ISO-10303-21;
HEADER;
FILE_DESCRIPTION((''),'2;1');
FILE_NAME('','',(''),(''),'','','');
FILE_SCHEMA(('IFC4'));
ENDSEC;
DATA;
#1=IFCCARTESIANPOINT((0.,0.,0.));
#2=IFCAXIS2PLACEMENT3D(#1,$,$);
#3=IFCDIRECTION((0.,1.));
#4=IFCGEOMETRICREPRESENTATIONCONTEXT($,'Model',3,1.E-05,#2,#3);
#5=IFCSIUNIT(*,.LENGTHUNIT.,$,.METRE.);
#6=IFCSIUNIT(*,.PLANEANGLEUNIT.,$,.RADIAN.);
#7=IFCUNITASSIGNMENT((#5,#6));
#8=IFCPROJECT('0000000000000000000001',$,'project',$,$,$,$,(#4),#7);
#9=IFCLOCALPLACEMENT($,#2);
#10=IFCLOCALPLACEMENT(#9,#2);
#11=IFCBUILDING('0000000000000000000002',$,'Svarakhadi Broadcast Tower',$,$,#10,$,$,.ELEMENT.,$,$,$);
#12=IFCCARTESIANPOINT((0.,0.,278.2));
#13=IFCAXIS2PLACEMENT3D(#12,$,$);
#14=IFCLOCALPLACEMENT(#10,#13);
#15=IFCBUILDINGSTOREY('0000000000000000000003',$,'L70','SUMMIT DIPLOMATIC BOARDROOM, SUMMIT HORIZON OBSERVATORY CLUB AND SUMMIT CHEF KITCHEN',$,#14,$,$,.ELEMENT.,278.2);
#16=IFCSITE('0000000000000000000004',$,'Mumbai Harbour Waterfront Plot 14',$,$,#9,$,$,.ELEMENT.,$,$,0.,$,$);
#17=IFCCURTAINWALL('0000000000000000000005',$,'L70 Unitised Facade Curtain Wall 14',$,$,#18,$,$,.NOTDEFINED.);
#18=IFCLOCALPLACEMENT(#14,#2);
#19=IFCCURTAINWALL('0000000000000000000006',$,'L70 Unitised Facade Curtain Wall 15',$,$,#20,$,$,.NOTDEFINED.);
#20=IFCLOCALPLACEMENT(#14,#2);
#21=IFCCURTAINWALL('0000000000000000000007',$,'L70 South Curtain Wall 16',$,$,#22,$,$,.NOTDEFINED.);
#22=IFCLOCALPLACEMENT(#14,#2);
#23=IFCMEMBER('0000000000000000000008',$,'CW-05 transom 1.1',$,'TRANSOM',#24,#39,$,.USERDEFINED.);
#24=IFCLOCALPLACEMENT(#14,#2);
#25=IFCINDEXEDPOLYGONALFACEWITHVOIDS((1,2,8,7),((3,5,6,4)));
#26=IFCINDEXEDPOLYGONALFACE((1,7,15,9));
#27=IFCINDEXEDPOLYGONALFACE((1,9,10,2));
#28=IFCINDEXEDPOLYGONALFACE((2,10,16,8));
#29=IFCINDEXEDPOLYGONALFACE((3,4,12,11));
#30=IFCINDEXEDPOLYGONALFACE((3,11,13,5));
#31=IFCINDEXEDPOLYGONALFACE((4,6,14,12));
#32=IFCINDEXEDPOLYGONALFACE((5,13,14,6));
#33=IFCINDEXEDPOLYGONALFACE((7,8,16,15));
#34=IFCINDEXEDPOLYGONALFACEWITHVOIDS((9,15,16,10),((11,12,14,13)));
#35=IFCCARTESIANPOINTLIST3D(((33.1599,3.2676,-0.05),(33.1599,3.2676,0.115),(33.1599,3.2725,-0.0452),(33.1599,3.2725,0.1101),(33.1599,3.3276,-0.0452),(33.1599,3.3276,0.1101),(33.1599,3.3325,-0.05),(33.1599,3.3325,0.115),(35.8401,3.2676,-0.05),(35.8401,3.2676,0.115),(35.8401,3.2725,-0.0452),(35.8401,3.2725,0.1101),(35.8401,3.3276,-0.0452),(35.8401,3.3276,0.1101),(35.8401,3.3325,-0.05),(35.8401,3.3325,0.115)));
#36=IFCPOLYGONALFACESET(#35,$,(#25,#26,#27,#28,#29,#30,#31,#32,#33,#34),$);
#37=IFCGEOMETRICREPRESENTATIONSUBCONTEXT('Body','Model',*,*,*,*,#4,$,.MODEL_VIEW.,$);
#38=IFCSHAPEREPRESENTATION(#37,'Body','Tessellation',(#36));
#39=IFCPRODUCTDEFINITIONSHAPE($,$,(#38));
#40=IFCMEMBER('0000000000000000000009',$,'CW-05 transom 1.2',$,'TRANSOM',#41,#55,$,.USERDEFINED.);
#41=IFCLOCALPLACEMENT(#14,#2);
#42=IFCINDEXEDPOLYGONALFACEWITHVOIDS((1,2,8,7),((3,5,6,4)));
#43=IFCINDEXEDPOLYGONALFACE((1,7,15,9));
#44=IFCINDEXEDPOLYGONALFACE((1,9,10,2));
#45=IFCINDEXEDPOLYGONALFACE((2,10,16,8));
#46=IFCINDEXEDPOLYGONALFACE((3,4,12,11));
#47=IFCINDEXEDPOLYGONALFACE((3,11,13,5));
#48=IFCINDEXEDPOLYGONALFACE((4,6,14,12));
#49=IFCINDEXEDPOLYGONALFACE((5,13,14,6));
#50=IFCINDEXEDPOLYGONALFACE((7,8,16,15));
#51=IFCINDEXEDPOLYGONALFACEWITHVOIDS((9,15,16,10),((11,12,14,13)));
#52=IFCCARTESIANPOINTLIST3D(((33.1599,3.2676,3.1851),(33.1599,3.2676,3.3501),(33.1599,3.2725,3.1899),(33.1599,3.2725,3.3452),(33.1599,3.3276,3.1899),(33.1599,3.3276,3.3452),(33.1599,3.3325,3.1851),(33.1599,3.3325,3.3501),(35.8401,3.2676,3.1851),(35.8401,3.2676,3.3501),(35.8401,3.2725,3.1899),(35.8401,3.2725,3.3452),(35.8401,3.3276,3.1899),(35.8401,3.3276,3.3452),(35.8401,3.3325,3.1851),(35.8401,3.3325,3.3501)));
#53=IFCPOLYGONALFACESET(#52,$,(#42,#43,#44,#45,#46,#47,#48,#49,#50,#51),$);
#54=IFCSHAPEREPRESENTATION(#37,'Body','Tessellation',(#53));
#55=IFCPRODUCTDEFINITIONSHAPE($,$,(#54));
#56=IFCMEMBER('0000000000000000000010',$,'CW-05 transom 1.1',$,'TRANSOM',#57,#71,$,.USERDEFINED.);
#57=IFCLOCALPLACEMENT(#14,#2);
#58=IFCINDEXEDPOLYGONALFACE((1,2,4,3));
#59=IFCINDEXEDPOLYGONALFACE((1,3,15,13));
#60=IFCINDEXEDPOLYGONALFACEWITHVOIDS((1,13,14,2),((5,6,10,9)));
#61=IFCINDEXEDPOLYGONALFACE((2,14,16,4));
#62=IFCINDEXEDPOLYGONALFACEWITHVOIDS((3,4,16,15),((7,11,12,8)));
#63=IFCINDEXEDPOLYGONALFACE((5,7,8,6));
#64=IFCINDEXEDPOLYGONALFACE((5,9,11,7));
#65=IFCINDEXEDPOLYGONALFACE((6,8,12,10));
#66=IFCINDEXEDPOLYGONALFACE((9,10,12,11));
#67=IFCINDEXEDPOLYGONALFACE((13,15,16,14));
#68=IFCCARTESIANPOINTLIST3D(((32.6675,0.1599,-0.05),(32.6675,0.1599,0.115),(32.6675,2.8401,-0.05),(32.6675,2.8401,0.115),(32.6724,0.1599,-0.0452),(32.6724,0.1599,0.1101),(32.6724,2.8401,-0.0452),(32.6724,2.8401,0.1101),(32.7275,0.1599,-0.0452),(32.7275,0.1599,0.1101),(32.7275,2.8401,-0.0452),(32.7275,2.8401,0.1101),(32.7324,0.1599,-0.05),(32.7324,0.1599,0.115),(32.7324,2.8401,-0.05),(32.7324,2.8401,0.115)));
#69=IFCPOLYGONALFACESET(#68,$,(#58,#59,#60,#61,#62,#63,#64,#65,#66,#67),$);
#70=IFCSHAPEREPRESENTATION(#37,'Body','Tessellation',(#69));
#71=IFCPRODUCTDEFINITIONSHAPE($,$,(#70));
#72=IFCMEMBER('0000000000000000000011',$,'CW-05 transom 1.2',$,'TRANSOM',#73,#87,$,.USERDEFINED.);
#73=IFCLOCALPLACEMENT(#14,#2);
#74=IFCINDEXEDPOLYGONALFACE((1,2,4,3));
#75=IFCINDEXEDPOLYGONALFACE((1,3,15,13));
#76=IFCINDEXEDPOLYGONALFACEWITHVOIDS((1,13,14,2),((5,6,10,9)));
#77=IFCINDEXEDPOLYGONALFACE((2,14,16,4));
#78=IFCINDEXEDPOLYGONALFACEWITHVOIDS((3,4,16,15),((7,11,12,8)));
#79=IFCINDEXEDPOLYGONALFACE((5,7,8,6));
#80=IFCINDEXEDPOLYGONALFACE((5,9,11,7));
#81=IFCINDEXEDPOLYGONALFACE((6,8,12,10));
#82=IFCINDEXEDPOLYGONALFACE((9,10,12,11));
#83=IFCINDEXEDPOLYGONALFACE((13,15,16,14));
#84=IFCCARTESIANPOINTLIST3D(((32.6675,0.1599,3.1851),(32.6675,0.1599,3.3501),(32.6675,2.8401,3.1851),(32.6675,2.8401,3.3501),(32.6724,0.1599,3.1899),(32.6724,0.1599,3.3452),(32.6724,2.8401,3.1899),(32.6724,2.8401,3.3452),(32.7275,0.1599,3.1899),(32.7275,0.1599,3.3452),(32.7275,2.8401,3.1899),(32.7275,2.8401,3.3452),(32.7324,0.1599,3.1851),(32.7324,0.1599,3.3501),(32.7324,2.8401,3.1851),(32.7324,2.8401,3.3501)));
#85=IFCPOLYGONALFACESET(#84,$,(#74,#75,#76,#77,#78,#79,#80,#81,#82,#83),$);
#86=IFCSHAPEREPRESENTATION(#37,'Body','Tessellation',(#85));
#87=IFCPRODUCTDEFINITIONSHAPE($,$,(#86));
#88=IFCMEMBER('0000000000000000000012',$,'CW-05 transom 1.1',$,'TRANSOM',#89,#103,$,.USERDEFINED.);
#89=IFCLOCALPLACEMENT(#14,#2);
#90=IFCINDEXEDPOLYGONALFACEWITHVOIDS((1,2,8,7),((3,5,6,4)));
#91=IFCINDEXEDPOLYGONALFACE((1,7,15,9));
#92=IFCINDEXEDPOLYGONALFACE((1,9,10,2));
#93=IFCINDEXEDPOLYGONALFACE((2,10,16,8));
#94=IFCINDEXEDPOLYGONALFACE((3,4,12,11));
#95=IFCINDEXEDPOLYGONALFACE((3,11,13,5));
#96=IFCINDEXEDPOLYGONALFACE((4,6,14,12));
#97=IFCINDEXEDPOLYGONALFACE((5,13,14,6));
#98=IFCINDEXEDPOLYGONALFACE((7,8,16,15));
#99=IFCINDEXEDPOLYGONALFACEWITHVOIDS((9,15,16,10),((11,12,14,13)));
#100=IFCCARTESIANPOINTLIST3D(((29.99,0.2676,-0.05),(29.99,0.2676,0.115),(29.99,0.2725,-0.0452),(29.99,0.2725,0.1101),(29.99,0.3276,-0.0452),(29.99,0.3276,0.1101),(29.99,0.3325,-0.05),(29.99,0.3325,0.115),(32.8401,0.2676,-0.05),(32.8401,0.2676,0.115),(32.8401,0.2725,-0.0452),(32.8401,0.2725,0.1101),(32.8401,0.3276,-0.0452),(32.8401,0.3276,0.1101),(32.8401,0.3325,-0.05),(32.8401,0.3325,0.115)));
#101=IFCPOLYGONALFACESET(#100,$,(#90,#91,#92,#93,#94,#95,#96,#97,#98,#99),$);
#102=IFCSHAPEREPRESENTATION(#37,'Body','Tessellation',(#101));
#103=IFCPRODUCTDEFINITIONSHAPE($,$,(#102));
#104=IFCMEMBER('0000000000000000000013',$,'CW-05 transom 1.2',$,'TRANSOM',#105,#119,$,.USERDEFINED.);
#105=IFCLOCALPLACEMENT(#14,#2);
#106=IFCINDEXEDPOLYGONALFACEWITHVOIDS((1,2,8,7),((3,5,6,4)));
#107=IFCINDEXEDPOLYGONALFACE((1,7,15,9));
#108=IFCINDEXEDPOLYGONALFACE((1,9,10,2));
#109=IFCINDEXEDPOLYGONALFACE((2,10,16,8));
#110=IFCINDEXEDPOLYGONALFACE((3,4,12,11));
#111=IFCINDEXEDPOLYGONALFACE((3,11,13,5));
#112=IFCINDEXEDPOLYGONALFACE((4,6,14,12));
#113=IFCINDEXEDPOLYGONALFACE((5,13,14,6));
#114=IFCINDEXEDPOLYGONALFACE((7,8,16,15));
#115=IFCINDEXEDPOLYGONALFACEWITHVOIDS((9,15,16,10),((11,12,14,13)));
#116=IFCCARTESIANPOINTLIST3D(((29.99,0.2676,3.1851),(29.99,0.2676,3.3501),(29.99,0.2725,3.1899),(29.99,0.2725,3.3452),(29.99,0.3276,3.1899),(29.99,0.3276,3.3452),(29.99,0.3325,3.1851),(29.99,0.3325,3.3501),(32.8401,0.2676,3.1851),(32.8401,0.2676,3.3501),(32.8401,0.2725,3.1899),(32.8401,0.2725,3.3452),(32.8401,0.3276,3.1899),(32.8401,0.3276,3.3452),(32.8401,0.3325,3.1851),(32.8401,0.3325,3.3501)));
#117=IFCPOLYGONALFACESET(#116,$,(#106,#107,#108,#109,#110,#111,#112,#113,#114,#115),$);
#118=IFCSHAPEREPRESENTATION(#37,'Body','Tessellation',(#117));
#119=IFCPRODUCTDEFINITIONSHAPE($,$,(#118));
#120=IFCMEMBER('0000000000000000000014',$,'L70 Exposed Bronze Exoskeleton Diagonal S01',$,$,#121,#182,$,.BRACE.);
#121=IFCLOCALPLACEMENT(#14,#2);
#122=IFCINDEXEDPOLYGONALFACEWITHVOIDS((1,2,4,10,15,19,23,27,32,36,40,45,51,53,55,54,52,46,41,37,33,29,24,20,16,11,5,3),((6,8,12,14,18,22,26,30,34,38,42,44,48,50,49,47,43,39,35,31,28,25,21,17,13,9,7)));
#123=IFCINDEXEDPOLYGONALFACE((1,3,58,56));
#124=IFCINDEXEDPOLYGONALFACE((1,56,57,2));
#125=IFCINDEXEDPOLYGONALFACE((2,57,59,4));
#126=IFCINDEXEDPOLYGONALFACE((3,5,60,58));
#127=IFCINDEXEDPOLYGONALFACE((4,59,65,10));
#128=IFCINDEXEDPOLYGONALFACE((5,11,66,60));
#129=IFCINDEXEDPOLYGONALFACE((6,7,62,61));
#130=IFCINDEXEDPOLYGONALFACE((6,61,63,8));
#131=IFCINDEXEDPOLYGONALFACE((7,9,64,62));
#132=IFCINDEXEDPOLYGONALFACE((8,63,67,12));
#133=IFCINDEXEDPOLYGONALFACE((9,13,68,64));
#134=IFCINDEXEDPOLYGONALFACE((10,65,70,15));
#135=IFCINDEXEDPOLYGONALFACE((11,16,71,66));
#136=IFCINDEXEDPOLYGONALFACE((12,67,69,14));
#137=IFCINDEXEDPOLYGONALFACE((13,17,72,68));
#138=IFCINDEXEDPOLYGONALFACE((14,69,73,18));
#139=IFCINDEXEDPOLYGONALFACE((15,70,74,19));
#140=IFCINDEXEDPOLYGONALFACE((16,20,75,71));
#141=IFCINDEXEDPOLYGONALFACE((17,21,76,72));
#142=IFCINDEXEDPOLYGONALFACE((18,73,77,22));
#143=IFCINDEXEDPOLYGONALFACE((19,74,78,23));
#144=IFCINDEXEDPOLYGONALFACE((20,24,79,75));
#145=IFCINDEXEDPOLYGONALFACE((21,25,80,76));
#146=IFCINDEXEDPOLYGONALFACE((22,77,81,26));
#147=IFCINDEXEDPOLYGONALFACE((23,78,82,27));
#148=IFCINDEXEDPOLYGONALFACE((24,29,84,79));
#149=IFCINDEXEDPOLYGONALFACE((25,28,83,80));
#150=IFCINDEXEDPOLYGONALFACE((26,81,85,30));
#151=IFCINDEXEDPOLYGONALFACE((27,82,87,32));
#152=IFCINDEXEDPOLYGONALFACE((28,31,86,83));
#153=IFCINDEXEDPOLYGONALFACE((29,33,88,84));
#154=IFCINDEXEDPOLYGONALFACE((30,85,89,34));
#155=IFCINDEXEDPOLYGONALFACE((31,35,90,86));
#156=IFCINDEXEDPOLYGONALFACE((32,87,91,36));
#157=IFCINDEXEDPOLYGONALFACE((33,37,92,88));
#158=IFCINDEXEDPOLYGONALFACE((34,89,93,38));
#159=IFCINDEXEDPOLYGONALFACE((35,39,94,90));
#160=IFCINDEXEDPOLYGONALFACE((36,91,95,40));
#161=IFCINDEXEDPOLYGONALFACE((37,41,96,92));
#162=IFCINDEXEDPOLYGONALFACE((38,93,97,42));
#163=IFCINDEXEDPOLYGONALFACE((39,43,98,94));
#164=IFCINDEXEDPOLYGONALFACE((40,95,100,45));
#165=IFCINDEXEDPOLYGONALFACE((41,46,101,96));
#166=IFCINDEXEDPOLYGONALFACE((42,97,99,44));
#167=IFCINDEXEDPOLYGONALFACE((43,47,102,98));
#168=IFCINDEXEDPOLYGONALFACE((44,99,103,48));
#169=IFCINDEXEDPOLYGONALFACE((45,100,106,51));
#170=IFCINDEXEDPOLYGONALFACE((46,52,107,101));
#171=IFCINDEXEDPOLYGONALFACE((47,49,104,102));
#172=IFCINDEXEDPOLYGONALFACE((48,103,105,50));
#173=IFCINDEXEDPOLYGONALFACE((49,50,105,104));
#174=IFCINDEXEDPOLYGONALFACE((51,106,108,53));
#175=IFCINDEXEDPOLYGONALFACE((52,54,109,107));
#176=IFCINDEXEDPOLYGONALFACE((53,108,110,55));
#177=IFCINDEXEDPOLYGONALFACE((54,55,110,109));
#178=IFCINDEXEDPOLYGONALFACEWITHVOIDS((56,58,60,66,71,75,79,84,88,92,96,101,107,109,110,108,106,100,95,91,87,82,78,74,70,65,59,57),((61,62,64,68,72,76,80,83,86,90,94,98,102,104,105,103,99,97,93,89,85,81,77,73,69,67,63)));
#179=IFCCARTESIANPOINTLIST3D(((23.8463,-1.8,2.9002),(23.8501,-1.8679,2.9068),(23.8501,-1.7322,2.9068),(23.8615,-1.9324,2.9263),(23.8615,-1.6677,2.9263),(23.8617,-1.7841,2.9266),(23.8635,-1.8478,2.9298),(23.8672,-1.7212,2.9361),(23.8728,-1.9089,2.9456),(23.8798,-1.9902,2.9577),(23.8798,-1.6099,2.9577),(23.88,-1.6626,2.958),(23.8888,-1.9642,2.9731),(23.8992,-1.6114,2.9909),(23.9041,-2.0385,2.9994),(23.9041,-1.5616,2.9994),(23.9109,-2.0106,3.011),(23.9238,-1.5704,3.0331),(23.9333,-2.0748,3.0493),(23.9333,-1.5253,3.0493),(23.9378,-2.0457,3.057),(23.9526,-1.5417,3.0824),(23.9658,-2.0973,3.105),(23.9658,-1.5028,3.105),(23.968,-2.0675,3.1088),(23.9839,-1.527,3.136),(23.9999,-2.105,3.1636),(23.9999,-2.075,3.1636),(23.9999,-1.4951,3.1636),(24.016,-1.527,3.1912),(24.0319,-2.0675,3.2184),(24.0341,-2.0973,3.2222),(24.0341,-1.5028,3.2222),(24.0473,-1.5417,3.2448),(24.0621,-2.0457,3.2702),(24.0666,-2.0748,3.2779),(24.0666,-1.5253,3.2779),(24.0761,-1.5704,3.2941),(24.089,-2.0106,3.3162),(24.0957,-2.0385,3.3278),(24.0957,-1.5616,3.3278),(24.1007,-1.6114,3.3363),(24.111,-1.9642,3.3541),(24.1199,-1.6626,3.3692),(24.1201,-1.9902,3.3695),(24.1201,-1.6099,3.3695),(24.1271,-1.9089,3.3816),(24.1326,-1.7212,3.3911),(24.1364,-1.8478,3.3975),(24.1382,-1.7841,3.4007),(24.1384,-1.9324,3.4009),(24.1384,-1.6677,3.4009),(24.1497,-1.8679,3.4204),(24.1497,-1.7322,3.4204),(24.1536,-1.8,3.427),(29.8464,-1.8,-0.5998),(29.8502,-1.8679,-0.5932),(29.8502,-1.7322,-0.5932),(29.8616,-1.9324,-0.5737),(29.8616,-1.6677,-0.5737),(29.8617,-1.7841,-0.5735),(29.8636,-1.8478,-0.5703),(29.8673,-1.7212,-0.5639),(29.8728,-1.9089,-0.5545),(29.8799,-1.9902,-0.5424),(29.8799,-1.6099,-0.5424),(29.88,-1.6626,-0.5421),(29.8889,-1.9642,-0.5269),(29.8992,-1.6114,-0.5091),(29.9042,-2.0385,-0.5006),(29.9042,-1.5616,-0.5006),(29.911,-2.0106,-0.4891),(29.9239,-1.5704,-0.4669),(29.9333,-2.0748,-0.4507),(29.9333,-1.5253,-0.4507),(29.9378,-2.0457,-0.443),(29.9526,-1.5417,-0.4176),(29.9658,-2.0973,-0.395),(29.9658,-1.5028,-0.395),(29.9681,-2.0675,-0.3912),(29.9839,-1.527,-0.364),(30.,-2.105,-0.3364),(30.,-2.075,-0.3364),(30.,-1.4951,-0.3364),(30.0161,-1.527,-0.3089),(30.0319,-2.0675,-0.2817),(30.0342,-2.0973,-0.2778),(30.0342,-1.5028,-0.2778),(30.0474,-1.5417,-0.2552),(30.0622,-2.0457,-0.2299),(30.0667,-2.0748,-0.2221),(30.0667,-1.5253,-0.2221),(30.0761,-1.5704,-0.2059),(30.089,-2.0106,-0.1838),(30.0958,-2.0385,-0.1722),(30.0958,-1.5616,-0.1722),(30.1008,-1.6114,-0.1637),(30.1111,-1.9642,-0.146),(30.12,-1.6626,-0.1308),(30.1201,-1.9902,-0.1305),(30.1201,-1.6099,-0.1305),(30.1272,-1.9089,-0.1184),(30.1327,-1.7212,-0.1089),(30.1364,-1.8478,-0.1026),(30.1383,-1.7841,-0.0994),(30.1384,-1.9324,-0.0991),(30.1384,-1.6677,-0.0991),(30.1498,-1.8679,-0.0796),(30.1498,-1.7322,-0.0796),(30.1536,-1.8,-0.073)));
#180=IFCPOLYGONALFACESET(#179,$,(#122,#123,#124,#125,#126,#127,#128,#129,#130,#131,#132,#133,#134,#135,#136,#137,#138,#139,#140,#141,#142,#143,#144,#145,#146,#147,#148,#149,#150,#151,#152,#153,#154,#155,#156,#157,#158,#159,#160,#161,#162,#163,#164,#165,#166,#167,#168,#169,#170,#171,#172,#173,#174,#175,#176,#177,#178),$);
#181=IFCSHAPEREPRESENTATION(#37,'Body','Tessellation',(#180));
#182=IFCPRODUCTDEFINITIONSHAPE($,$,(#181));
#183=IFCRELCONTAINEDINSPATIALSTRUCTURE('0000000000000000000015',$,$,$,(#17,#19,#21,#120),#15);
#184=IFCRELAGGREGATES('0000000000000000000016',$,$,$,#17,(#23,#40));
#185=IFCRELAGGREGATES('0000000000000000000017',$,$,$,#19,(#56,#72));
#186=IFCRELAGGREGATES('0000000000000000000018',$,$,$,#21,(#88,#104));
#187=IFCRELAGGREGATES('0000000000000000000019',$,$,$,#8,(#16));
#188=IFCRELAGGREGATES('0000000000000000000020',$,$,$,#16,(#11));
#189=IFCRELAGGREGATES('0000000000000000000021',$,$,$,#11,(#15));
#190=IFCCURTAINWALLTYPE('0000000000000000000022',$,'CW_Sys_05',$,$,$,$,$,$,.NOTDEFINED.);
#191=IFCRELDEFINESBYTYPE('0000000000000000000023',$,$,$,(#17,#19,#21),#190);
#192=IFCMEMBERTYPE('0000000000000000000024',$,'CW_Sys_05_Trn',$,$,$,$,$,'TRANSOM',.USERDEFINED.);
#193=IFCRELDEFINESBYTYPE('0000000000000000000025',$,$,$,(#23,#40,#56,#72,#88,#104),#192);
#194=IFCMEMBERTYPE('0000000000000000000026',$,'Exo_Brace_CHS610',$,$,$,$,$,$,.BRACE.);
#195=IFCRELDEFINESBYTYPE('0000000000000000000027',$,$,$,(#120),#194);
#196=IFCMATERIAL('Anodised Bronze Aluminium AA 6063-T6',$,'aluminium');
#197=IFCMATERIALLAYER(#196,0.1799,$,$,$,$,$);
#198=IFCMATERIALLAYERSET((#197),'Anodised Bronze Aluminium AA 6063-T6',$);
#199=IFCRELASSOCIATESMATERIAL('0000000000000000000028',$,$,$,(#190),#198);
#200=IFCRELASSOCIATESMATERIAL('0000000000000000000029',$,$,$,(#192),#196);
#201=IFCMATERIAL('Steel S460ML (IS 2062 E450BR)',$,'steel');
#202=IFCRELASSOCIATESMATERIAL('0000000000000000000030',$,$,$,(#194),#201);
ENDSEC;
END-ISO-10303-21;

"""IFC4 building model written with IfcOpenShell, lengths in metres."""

from ifc_helpers import new_model, si_unit, direction, frame, origin, origin_2d, place, context, subcontext, project, spatial, hollow_rectangle, hollow_circle, extrude, material, layer, layer_set, material_profile, profile_set, type_object, element, aggregate, save


model = new_model("IFC4")

# Units and contexts
model_context = context("Model", 3, precision=1e-05, world=origin(), true_north=direction((0.0, 1.0)))
body_context = subcontext(model_context, "Body", "Model", "MODEL_VIEW")
ifc_project = project(units=[si_unit("LENGTHUNIT", "METRE"), si_unit("PLANEANGLEUNIT", "RADIAN")], contexts=[model_context])

# Site, building, storey
site_placement = place(None, origin())
site = spatial("IfcSite", under=ifc_project, at=site_placement, Name="Mumbai Harbour Waterfront Plot 14", CompositionType="ELEMENT", RefElevation=0.0)
building_placement = place(site_placement, origin())
building = spatial("IfcBuilding", under=site, at=building_placement, Name="Svarakhadi Broadcast Tower", CompositionType="ELEMENT")
storey_placement = place(building_placement, frame((0.0, 0.0, 278.2)))
storey = spatial("IfcBuildingStorey", under=building, at=storey_placement, Name="L70", Description="SUMMIT DIPLOMATIC BOARDROOM, SUMMIT HORIZON OBSERVATORY CLUB AND SUMMIT CHEF KITCHEN", CompositionType="ELEMENT", Elevation=278.2)

# Shared definitions
ifc_material_1 = material(Name="Steel S460ML (IS 2062 E450BR)", Category="steel")

# Shared definitions
ifc_material_2 = material(Name="Anodised Bronze Aluminium AA 6063-T6", Category="aluminium")
ifc_layer_1 = layer(ifc_material_2, 0.1799)
ifc_layer_set_1 = layer_set([ifc_layer_1], Name="Anodised Bronze Aluminium AA 6063-T6")
curtain_wall_type = type_object("IfcCurtainWallType", Name="CW_Sys_05", PredefinedType="NOTDEFINED", material=ifc_layer_set_1)

# Curtain walls
curtain_wall_1_placement = place(storey_placement, origin())
curtain_wall_1 = element("IfcCurtainWall", 1, at=curtain_wall_1_placement, inside=storey, type_object=curtain_wall_type, Name="L70 Unitised Facade Curtain Wall 14", PredefinedType="NOTDEFINED")
curtain_wall_2_placement = place(storey_placement, origin())
curtain_wall_2 = element("IfcCurtainWall", 2, at=curtain_wall_2_placement, inside=storey, type_object=curtain_wall_type, Name="L70 Unitised Facade Curtain Wall 15", PredefinedType="NOTDEFINED")

# Curtain wall
curtain_wall_3_placement = place(storey_placement, origin())
curtain_wall_3 = element("IfcCurtainWall", 3, at=curtain_wall_3_placement, inside=storey, type_object=curtain_wall_type, Name="L70 South Curtain Wall 16", PredefinedType="NOTDEFINED")

# Members
ifc_material_profile_1 = material_profile(ifc_material_2, hollow_rectangle(XDim=0.0649, YDim=0.165, WallThickness=0.0049, at=origin_2d()), Name="ALU TRANSOM 165x65x5")
ifc_profile_set_1 = profile_set([ifc_material_profile_1], Name="Anodised Bronze Aluminium AA 6063-T6")
member_type_1 = type_object("IfcMemberType", Name="CW_Sys_05_Trn", ElementType="TRANSOM", PredefinedType="USERDEFINED", material=ifc_profile_set_1)
member_1_placement = place(storey_placement, frame((35.8401, 3.3, 0.0325), z_axis=(-1.0, 0.0, 0.0), x_axis=(0.0, -1.0, 0.0)))
member_1 = element("IfcMember", 4, at=member_1_placement, type_object=member_type_1, Name="CW-05 transom 1.1", ObjectType="TRANSOM", PredefinedType="USERDEFINED", context=body_context, shape_type="SweptSolid", body=[
    extrude(hollow_rectangle(XDim=0.0649, YDim=0.165, WallThickness=0.0049, at=origin_2d()), origin(), (0.0, 0.0, 1.0), 2.6802),
])
member_2_placement = place(storey_placement, frame((35.8401, 3.3, 3.2676), z_axis=(-1.0, 0.0, 0.0), x_axis=(0.0, -1.0, 0.0)))
member_2 = element("IfcMember", 5, at=member_2_placement, type_object=member_type_1, Name="CW-05 transom 1.2", ObjectType="TRANSOM", PredefinedType="USERDEFINED", context=body_context, shape_type="SweptSolid", body=[
    extrude(hollow_rectangle(XDim=0.0649, YDim=0.165, WallThickness=0.0049, at=origin_2d()), origin(), (0.0, 0.0, 1.0), 2.6802),
])
member_3_placement = place(storey_placement, frame((32.7, 2.8401, 0.0325), z_axis=(0.0, -1.0, 0.0), x_axis=(1.0, 0.0, 0.0)))
member_3 = element("IfcMember", 6, at=member_3_placement, type_object=member_type_1, Name="CW-05 transom 1.1", ObjectType="TRANSOM", PredefinedType="USERDEFINED", context=body_context, shape_type="SweptSolid", body=[
    extrude(hollow_rectangle(XDim=0.0649, YDim=0.165, WallThickness=0.0049, at=origin_2d()), origin(), (0.0, 0.0, 1.0), 2.6802),
])
member_4_placement = place(storey_placement, frame((32.7, 2.8401, 3.2676), z_axis=(0.0, -1.0, 0.0), x_axis=(1.0, 0.0, 0.0)))
member_4 = element("IfcMember", 7, at=member_4_placement, type_object=member_type_1, Name="CW-05 transom 1.2", ObjectType="TRANSOM", PredefinedType="USERDEFINED", context=body_context, shape_type="SweptSolid", body=[
    extrude(hollow_rectangle(XDim=0.0649, YDim=0.165, WallThickness=0.0049, at=origin_2d()), origin(), (0.0, 0.0, 1.0), 2.6802),
])
member_5_placement = place(storey_placement, frame((32.8401, 0.3, 0.0325), z_axis=(-1.0, 0.0, 0.0), x_axis=(0.0, -1.0, 0.0)))
member_5 = element("IfcMember", 8, at=member_5_placement, type_object=member_type_1, Name="CW-05 transom 1.1", ObjectType="TRANSOM", PredefinedType="USERDEFINED", context=body_context, shape_type="SweptSolid", body=[
    extrude(hollow_rectangle(XDim=0.0649, YDim=0.165, WallThickness=0.0049, at=origin_2d()), origin(), (0.0, 0.0, 1.0), 2.8501),
])
member_6_placement = place(storey_placement, frame((32.8401, 0.3, 3.2676), z_axis=(-1.0, 0.0, 0.0), x_axis=(0.0, -1.0, 0.0)))
member_6 = element("IfcMember", 9, at=member_6_placement, type_object=member_type_1, Name="CW-05 transom 1.2", ObjectType="TRANSOM", PredefinedType="USERDEFINED", context=body_context, shape_type="SweptSolid", body=[
    extrude(hollow_rectangle(XDim=0.0649, YDim=0.165, WallThickness=0.0049, at=origin_2d()), origin(), (0.0, 0.0, 1.0), 2.8501),
])
ifc_material_profile_2 = material_profile(ifc_material_1, hollow_circle(Radius=0.3049, WallThickness=0.03, at=origin_2d()), Name="CHS 610x30")
ifc_profile_set_2 = profile_set([ifc_material_profile_2], Name="Steel S460ML (IS 2062 E450BR)")
member_type_2 = type_object("IfcMemberType", Name="Exo_Brace_CHS610", PredefinedType="BRACE", material=ifc_profile_set_2)
member_7_placement = place(storey_placement, frame((30.0, -1.8, -0.3364), z_axis=(-0.863779, 0.0, 0.503871), x_axis=(0.0, -1.0, 0.0)))
element("IfcMember", 10, at=member_7_placement, inside=storey, type_object=member_type_2, Name="L70 Exposed Bronze Exoskeleton Diagonal S01", PredefinedType="BRACE", context=body_context, shape_type="SweptSolid", body=[
    extrude(hollow_circle(Radius=0.3049, WallThickness=0.03, at=origin_2d()), origin(), (0.0, 0.0, 1.0), 6.9463),
])

aggregate(curtain_wall_1, [member_1, member_2])
aggregate(curtain_wall_2, [member_3, member_4])
aggregate(curtain_wall_3, [member_5, member_6])

save(model, "model.ifc")
